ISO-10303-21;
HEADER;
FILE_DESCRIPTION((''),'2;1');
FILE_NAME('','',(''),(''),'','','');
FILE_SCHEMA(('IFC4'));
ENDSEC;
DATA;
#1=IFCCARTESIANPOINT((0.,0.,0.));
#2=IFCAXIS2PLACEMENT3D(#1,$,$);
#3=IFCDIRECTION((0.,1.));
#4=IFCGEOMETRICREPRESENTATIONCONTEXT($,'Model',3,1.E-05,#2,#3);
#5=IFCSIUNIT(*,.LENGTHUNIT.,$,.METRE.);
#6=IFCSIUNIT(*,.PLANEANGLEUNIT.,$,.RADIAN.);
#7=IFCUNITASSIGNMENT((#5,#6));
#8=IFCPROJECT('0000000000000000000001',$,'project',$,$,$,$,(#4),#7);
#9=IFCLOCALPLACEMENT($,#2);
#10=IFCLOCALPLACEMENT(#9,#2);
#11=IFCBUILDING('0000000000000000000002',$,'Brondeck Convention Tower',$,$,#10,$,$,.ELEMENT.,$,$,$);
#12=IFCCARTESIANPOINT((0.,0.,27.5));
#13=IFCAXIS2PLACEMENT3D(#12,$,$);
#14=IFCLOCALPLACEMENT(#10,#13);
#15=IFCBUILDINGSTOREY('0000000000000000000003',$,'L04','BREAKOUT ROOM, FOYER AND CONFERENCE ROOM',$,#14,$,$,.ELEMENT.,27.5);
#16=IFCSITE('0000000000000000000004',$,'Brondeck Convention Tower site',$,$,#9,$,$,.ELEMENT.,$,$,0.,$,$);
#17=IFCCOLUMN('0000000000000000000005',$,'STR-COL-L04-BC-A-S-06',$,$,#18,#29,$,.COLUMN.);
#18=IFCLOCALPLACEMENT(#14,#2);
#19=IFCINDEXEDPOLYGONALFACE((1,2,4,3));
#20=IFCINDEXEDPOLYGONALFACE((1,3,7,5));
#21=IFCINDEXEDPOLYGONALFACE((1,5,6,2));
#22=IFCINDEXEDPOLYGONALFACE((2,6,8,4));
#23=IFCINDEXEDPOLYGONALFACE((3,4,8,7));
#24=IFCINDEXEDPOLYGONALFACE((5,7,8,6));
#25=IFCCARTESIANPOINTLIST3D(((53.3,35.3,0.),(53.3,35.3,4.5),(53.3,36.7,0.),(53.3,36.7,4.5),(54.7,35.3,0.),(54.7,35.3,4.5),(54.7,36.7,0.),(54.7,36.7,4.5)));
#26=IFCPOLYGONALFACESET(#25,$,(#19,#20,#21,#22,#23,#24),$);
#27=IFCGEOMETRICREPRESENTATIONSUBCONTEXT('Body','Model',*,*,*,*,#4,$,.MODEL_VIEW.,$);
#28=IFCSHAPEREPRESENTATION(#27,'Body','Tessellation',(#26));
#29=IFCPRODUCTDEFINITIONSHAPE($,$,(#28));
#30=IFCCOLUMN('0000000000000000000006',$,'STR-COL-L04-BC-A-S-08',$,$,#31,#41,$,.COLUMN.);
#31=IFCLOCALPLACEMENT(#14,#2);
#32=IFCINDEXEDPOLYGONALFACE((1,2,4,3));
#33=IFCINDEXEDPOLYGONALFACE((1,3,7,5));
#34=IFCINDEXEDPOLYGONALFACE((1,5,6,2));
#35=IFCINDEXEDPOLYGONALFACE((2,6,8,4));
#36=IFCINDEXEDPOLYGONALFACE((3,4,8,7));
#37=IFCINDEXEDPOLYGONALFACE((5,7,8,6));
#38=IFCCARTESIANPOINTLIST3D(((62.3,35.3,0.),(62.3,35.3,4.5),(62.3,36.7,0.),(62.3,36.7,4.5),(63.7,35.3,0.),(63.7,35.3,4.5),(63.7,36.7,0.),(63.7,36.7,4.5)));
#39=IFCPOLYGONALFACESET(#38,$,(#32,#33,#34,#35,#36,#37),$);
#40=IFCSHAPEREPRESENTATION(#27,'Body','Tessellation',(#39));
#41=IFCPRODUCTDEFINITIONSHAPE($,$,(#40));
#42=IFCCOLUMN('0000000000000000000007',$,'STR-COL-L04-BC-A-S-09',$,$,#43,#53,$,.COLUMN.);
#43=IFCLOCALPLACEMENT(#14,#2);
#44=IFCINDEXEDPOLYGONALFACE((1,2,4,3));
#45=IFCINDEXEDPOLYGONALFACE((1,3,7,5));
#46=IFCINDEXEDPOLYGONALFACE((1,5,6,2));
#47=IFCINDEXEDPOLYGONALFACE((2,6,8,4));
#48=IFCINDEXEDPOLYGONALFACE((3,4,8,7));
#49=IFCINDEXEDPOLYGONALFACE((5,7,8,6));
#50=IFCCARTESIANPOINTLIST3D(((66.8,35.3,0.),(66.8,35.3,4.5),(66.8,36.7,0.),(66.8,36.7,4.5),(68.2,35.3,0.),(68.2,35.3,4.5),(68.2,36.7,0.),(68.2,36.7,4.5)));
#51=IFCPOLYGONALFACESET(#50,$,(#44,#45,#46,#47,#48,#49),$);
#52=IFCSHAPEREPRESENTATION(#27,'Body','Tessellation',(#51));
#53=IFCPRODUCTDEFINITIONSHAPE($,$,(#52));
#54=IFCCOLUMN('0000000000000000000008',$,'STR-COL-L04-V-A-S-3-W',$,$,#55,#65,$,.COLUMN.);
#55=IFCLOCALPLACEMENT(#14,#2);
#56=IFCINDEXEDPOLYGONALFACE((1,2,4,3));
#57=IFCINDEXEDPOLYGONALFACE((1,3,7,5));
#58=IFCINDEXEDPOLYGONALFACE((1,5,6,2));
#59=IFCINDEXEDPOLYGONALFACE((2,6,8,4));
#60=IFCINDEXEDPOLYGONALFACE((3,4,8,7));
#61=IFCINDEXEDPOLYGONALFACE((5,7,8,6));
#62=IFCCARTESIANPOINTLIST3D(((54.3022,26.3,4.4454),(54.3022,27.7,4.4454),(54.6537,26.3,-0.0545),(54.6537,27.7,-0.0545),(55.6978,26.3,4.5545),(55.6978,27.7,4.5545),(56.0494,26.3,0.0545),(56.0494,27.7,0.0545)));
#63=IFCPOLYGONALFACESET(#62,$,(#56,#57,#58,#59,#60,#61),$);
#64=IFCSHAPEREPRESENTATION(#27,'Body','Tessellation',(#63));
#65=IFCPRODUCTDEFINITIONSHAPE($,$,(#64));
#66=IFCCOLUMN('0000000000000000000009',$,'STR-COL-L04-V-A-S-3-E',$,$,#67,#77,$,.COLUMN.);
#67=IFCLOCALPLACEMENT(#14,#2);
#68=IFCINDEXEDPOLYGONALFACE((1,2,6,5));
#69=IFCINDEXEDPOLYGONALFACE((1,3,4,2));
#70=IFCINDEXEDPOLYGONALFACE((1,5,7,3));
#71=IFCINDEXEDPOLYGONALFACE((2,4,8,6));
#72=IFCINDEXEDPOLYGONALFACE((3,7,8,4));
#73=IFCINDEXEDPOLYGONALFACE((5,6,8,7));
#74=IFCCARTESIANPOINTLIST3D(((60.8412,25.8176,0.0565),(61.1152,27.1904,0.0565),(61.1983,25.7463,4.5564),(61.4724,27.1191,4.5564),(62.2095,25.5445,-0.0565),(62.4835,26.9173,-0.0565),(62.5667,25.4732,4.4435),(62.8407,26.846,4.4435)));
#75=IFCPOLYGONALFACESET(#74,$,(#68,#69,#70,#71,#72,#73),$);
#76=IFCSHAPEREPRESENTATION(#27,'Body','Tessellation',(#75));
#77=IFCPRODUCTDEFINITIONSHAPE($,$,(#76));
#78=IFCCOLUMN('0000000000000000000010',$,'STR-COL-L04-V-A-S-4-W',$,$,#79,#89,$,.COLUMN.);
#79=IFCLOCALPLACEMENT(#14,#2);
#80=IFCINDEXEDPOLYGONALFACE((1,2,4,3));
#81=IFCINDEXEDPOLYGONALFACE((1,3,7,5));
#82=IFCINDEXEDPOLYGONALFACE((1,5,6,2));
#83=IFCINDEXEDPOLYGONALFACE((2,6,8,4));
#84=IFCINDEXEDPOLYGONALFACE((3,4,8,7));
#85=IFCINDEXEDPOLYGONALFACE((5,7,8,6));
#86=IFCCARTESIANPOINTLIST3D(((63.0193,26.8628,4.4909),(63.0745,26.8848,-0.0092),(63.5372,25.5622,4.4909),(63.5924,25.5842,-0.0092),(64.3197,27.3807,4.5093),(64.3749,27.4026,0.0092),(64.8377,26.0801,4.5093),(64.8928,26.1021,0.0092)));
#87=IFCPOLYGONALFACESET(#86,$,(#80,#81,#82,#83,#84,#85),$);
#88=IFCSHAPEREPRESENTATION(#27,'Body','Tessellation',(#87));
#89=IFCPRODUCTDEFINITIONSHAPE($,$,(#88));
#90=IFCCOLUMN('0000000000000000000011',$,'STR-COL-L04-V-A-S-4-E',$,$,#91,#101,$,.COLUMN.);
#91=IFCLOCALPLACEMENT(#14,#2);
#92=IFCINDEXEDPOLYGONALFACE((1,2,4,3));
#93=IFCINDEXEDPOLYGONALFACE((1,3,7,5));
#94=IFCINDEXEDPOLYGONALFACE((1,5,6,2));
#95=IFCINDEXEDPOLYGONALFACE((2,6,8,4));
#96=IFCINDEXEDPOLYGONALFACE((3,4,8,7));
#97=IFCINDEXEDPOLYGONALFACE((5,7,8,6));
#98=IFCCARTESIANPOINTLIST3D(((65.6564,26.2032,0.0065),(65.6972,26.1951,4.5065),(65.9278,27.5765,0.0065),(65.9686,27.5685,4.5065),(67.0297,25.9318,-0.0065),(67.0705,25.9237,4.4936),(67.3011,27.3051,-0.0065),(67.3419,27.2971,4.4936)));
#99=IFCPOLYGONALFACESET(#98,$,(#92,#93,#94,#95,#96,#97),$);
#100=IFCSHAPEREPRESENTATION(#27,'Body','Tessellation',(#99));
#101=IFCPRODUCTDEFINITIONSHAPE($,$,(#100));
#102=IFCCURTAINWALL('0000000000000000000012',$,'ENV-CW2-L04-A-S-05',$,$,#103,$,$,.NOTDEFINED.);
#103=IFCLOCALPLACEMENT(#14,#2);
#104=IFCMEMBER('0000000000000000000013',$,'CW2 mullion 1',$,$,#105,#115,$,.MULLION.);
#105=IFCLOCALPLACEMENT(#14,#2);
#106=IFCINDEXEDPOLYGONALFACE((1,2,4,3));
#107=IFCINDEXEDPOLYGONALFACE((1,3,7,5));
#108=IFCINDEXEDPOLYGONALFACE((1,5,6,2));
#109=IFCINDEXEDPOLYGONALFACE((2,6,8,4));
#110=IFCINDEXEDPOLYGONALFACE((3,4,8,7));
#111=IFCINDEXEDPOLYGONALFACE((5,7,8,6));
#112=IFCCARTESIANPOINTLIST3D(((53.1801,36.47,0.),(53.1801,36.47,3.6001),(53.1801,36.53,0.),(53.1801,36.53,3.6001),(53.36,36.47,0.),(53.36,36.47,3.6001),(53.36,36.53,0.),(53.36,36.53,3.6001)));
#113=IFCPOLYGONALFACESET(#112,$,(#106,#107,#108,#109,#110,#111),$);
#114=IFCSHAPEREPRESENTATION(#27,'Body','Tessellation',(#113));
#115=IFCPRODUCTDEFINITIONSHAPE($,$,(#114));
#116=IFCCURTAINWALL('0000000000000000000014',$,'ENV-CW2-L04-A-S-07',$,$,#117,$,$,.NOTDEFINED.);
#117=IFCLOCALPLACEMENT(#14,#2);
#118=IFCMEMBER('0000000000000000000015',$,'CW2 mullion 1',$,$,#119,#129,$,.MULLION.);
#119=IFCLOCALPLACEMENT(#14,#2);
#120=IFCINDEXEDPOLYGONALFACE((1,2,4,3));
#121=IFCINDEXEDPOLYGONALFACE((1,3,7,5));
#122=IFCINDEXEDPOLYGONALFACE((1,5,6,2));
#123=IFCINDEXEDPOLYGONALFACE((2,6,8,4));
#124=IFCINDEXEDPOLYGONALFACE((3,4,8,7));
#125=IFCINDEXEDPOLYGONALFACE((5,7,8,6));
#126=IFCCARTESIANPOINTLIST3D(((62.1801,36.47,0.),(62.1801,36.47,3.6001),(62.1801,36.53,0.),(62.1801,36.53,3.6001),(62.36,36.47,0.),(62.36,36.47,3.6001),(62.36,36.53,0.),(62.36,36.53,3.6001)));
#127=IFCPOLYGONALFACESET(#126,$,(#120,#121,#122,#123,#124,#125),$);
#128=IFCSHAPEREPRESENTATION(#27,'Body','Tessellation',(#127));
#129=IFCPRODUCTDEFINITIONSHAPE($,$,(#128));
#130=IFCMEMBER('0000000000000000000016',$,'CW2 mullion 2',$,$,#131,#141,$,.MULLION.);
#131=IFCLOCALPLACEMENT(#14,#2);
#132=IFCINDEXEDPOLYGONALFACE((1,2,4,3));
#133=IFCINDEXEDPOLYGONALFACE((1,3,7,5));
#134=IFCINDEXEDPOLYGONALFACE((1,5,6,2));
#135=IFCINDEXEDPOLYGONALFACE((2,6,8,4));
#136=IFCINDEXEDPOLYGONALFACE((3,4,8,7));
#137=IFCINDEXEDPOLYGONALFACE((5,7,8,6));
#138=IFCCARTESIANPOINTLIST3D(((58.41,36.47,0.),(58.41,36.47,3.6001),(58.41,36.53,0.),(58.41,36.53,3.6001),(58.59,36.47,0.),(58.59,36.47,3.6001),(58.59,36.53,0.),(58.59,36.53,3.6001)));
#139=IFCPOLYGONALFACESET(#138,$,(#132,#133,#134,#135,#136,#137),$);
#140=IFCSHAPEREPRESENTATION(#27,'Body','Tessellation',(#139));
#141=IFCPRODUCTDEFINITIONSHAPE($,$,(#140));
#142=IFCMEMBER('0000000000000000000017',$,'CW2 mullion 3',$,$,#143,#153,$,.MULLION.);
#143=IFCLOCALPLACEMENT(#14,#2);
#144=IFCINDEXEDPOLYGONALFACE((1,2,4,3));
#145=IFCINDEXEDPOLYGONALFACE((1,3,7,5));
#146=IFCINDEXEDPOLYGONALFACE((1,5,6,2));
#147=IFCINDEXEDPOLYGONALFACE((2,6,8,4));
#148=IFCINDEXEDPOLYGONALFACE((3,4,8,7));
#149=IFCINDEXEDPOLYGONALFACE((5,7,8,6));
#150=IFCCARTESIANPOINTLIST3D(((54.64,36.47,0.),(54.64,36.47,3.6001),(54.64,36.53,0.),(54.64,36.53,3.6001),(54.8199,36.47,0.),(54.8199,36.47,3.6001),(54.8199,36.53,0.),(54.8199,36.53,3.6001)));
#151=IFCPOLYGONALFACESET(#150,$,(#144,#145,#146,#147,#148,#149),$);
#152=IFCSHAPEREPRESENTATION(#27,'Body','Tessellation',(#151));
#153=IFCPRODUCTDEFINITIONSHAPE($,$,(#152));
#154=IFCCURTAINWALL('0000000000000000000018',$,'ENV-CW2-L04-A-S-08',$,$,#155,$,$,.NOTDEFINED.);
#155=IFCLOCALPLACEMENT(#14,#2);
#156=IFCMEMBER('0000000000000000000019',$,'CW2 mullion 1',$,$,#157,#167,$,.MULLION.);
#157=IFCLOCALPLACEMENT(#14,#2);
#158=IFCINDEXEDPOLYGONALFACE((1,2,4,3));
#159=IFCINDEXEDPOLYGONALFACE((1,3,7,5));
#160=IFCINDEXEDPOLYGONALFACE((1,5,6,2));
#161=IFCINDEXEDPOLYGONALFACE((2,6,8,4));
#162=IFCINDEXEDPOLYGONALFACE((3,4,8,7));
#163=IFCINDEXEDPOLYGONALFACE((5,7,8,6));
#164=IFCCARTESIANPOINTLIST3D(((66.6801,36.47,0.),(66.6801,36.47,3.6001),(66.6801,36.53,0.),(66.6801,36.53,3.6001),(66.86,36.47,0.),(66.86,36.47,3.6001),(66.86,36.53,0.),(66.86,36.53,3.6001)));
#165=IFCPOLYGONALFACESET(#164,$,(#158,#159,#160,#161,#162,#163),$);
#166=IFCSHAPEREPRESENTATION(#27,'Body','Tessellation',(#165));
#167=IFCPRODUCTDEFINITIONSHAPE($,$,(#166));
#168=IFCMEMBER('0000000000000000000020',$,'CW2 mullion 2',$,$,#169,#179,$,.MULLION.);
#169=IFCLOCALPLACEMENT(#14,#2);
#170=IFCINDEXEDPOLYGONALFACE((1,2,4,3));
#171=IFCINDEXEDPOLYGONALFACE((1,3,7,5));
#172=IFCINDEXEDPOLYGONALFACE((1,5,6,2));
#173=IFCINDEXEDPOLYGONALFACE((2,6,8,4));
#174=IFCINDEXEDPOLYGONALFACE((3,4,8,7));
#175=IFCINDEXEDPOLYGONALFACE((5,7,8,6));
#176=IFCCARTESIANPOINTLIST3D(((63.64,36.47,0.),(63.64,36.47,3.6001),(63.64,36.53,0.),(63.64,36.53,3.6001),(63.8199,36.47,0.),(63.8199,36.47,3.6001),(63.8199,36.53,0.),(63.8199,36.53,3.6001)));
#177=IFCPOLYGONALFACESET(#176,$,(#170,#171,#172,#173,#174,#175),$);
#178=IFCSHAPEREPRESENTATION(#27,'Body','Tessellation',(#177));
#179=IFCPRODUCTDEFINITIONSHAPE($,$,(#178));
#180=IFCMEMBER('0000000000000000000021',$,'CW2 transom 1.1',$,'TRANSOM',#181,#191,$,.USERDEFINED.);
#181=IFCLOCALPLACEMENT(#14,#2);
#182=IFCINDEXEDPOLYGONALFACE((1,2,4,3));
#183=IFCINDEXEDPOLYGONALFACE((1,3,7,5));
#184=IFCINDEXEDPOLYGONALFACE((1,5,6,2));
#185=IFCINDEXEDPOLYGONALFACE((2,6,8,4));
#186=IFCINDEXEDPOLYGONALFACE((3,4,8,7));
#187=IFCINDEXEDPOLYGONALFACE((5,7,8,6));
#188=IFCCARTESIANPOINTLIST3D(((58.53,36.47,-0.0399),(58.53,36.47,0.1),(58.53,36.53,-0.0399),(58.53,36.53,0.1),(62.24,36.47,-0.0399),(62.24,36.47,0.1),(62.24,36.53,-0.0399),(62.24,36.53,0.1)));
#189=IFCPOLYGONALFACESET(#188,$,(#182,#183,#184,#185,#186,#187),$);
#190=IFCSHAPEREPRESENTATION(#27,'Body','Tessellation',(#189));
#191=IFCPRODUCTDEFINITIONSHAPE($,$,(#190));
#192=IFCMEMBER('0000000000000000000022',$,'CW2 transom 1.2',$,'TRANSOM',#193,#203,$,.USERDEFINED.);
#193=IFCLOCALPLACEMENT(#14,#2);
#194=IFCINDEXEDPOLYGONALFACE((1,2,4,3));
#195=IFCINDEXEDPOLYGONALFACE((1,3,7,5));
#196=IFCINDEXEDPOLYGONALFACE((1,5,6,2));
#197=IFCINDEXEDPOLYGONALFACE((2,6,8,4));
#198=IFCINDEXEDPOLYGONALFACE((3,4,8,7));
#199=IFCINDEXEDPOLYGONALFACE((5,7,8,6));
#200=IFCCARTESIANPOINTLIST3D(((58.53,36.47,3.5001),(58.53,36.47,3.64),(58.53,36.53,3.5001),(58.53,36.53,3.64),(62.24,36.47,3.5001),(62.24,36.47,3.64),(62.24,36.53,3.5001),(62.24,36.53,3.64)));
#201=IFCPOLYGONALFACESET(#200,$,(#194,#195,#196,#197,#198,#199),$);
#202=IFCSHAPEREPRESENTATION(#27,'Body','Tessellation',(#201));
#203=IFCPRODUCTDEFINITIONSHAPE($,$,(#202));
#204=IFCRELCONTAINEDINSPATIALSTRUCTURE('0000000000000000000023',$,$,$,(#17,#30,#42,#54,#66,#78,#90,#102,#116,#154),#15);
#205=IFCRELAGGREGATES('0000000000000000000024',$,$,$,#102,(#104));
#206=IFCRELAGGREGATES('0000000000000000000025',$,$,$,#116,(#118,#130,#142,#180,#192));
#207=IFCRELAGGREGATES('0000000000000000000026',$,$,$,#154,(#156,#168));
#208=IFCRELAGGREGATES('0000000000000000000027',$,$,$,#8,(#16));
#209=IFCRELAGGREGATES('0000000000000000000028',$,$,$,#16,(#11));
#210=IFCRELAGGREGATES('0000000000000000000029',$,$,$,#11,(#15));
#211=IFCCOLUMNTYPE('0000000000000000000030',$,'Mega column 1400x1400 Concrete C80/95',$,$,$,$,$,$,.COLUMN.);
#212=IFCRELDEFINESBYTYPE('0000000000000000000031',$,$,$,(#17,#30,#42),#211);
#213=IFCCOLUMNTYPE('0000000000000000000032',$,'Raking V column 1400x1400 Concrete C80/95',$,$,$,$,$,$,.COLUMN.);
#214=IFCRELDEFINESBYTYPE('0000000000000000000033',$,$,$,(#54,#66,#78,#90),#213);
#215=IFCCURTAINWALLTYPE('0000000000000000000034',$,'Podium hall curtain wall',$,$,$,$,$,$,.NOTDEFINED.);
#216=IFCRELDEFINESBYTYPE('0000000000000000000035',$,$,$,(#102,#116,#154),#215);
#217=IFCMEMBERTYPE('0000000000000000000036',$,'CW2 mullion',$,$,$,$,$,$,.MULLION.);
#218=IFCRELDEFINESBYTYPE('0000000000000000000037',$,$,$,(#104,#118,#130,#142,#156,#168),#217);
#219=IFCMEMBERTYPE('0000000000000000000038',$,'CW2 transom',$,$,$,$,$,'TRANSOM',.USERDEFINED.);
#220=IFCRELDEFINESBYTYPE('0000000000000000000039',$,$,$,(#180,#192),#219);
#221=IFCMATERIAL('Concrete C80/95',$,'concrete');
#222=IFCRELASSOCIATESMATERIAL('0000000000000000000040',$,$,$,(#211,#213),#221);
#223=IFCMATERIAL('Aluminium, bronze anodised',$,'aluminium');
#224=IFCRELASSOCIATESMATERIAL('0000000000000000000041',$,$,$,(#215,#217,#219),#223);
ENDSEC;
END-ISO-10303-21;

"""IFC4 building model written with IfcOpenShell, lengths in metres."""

from ifc_helpers import new_model, si_unit, direction, frame, origin, origin_2d, place, context, subcontext, project, spatial, rectangle, extrude, material, material_profile, profile_set, type_object, element, aggregate, save


model = new_model("IFC4")

# Units and contexts
model_context = context("Model", 3, precision=1e-05, world=origin(), true_north=direction((0.0, 1.0)))
body_context = subcontext(model_context, "Body", "Model", "MODEL_VIEW")
ifc_project = project(units=[si_unit("LENGTHUNIT", "METRE"), si_unit("PLANEANGLEUNIT", "RADIAN")], contexts=[model_context])

# Site, building, storey
site_placement = place(None, origin())
site = spatial("IfcSite", under=ifc_project, at=site_placement, Name="Brondeck Convention Tower site", CompositionType="ELEMENT", RefElevation=0.0)
building_placement = place(site_placement, origin())
building = spatial("IfcBuilding", under=site, at=building_placement, Name="Brondeck Convention Tower", CompositionType="ELEMENT")
storey_placement = place(building_placement, frame((0.0, 0.0, 27.5)))
storey = spatial("IfcBuildingStorey", under=building, at=storey_placement, Name="L04", Description="BREAKOUT ROOM, FOYER AND CONFERENCE ROOM", CompositionType="ELEMENT", Elevation=27.5)

# Columns
ifc_material_1 = material(Name="Concrete C80/95", Category="concrete")
ifc_material_profile_1 = material_profile(ifc_material_1, rectangle(XDim=1.3999, YDim=1.3999, at=origin_2d()), Name="Mega column 1400x1400 Concrete C80/95")
ifc_profile_set_1 = profile_set([ifc_material_profile_1], Name="Concrete C80/95")
column_type_1 = type_object("IfcColumnType", Name="Mega column 1400x1400 Concrete C80/95", PredefinedType="COLUMN", material=ifc_profile_set_1)
for number, where, z_axis, x_axis, name in (
    (1, (54.0, 36.0, 0.0), (0.0, 0.0, 1.0), (1.0, 0.0, 0.0), "STR-COL-L04-BC-A-S-06"),
    (2, (63.0, 36.0, 0.0), (0.0, 0.0, 1.0), (1.0, 0.0, 0.0), "STR-COL-L04-BC-A-S-08"),
    (3, (67.5, 36.0, 0.0), (0.0, 0.0, 1.0), (1.0, 0.0, 0.0), "STR-COL-L04-BC-A-S-09"),
):
    element("IfcColumn", number, at=place(storey_placement, frame(where, z_axis=z_axis, x_axis=x_axis)), inside=storey, type_object=column_type_1, Name=name, PredefinedType="COLUMN", context=body_context, shape_type="SweptSolid", body=[
        extrude(rectangle(XDim=1.3999, YDim=1.3999, at=origin_2d()), origin(), (0.0, 0.0, 1.0), 4.5),
    ])
ifc_material_profile_2 = material_profile(ifc_material_1, rectangle(XDim=1.3999, YDim=1.3999, at=origin_2d()), Name="Raking V column 1400x1400 Concrete C80/95")
ifc_profile_set_2 = profile_set([ifc_material_profile_2], Name="Concrete C80/95")
column_type_2 = type_object("IfcColumnType", Name="Raking V column 1400x1400 Concrete C80/95", PredefinedType="COLUMN", material=ifc_profile_set_2)
column_1_placement = place(storey_placement, frame((55.3516, 27.0, 0.0), z_axis=(-0.077888, 0.0, 0.996962), x_axis=(0.0, -1.0, 0.0)))
element("IfcColumn", 4, at=column_1_placement, inside=storey, type_object=column_type_2, Name="STR-COL-L04-V-A-S-3-W", PredefinedType="COLUMN", context=body_context, shape_type="SweptSolid", body=[
    extrude(rectangle(XDim=1.3999, YDim=1.3999, at=origin_2d()), origin(), (0.0, 0.0, 1.0), 4.5137),
])
column_2_placement = place(storey_placement, frame((61.6624, 26.3674, 0.0), z_axis=(0.079114, -0.01579, 0.99674), x_axis=(0.195729, 0.980658, 0.0)))
element("IfcColumn", 5, at=column_2_placement, inside=storey, type_object=column_type_2, Name="STR-COL-L04-V-A-S-3-E", PredefinedType="COLUMN", context=body_context, shape_type="SweptSolid", body=[
    extrude(rectangle(XDim=1.3999, YDim=1.3999, at=origin_2d()), origin(), (0.0, 0.0, 1.0), 4.5146),
])
column_3_placement = place(storey_placement, frame((63.9836, 26.4934, 0.0), z_axis=(-0.01226, -0.004882, 0.999913), x_axis=(0.369973, -0.929043, 0.0)))
element("IfcColumn", 6, at=column_3_placement, inside=storey, type_object=column_type_2, Name="STR-COL-L04-V-A-S-4-W", PredefinedType="COLUMN", context=body_context, shape_type="SweptSolid", body=[
    extrude(rectangle(XDim=1.3999, YDim=1.3999, at=origin_2d()), origin(), (0.0, 0.0, 1.0), 4.5005),
])
column_4_placement = place(storey_placement, frame((66.4788, 26.7542, 0.0), z_axis=(0.00906, -0.00179, 0.999957), x_axis=(0.193856, 0.98103, 0.0)))
element("IfcColumn", 7, at=column_4_placement, inside=storey, type_object=column_type_2, Name="STR-COL-L04-V-A-S-4-E", PredefinedType="COLUMN", context=body_context, shape_type="SweptSolid", body=[
    extrude(rectangle(XDim=1.3999, YDim=1.3999, at=origin_2d()), origin(), (0.0, 0.0, 1.0), 4.5002),
])

# Curtain wall, member
ifc_material_2 = material(Name="Aluminium, bronze anodised", Category="aluminium")
curtain_wall_type = type_object("IfcCurtainWallType", Name="Podium hall curtain wall", PredefinedType="NOTDEFINED", material=ifc_material_2)
curtain_wall_1_placement = place(storey_placement, origin())
curtain_wall_1 = element("IfcCurtainWall", 8, at=curtain_wall_1_placement, inside=storey, type_object=curtain_wall_type, Name="ENV-CW2-L04-A-S-05", PredefinedType="NOTDEFINED")
ifc_material_profile_3 = material_profile(ifc_material_2, rectangle(XDim=0.0601, YDim=0.1799, at=origin_2d()), Name="CW2 mullion")
ifc_profile_set_3 = profile_set([ifc_material_profile_3], Name="Aluminium, bronze anodised")
member_type_1 = type_object("IfcMemberType", Name="CW2 mullion", PredefinedType="MULLION", material=ifc_profile_set_3)
member_1_placement = place(storey_placement, frame((53.27, 36.5, 0.0), z_axis=(0.0, 0.0, 1.0), x_axis=(0.0, -1.0, 0.0)))
member_1 = element("IfcMember", 9, at=member_1_placement, type_object=member_type_1, Name="CW2 mullion 1", PredefinedType="MULLION", context=body_context, shape_type="SweptSolid", body=[
    extrude(rectangle(XDim=0.0601, YDim=0.1799, at=origin_2d()), origin(), (0.0, 0.0, 1.0), 3.6001),
])
aggregate(curtain_wall_1, [member_1])

# Curtain walls, members
curtain_wall_2_placement = place(storey_placement, origin())
curtain_wall_2 = element("IfcCurtainWall", 10, at=curtain_wall_2_placement, inside=storey, type_object=curtain_wall_type, Name="ENV-CW2-L04-A-S-07", PredefinedType="NOTDEFINED")
member_2_placement = place(storey_placement, frame((62.27, 36.5, 0.0), z_axis=(0.0, 0.0, 1.0), x_axis=(0.0, -1.0, 0.0)))
member_2 = element("IfcMember", 11, at=member_2_placement, type_object=member_type_1, Name="CW2 mullion 1", PredefinedType="MULLION", context=body_context, shape_type="SweptSolid", body=[
    extrude(rectangle(XDim=0.0601, YDim=0.1799, at=origin_2d()), origin(), (0.0, 0.0, 1.0), 3.6001),
])
member_3_placement = place(storey_placement, frame((58.5, 36.5, 0.0), z_axis=(0.0, 0.0, 1.0), x_axis=(0.0, -1.0, 0.0)))
member_3 = element("IfcMember", 12, at=member_3_placement, type_object=member_type_1, Name="CW2 mullion 2", PredefinedType="MULLION", context=body_context, shape_type="SweptSolid", body=[
    extrude(rectangle(XDim=0.0601, YDim=0.1799, at=origin_2d()), origin(), (0.0, 0.0, 1.0), 3.6001),
])
member_4_placement = place(storey_placement, frame((54.73, 36.5, 0.0), z_axis=(0.0, 0.0, 1.0), x_axis=(0.0, -1.0, 0.0)))
member_4 = element("IfcMember", 13, at=member_4_placement, type_object=member_type_1, Name="CW2 mullion 3", PredefinedType="MULLION", context=body_context, shape_type="SweptSolid", body=[
    extrude(rectangle(XDim=0.0601, YDim=0.1799, at=origin_2d()), origin(), (0.0, 0.0, 1.0), 3.6001),
])
curtain_wall_3_placement = place(storey_placement, origin())
curtain_wall_3 = element("IfcCurtainWall", 14, at=curtain_wall_3_placement, inside=storey, type_object=curtain_wall_type, Name="ENV-CW2-L04-A-S-08", PredefinedType="NOTDEFINED")
member_5_placement = place(storey_placement, frame((66.77, 36.5, 0.0), z_axis=(0.0, 0.0, 1.0), x_axis=(0.0, -1.0, 0.0)))
member_5 = element("IfcMember", 15, at=member_5_placement, type_object=member_type_1, Name="CW2 mullion 1", PredefinedType="MULLION", context=body_context, shape_type="SweptSolid", body=[
    extrude(rectangle(XDim=0.0601, YDim=0.1799, at=origin_2d()), origin(), (0.0, 0.0, 1.0), 3.6001),
])
member_6_placement = place(storey_placement, frame((63.73, 36.5, 0.0), z_axis=(0.0, 0.0, 1.0), x_axis=(0.0, -1.0, 0.0)))
member_6 = element("IfcMember", 16, at=member_6_placement, type_object=member_type_1, Name="CW2 mullion 2", PredefinedType="MULLION", context=body_context, shape_type="SweptSolid", body=[
    extrude(rectangle(XDim=0.0601, YDim=0.1799, at=origin_2d()), origin(), (0.0, 0.0, 1.0), 3.6001),
])

# Members
ifc_material_profile_4 = material_profile(ifc_material_2, rectangle(XDim=0.0601, YDim=0.1399, at=origin_2d()), Name="CW2 transom")
ifc_profile_set_4 = profile_set([ifc_material_profile_4], Name="Aluminium, bronze anodised")
member_type_2 = type_object("IfcMemberType", Name="CW2 transom", ElementType="TRANSOM", PredefinedType="USERDEFINED", material=ifc_profile_set_4)
member_7_placement = place(storey_placement, frame((62.24, 36.5, 0.03), z_axis=(-1.0, 0.0, 0.0), x_axis=(0.0, -1.0, 0.0)))
member_7 = element("IfcMember", 17, at=member_7_placement, type_object=member_type_2, Name="CW2 transom 1.1", ObjectType="TRANSOM", PredefinedType="USERDEFINED", context=body_context, shape_type="SweptSolid", body=[
    extrude(rectangle(XDim=0.0601, YDim=0.1399, at=origin_2d()), origin(), (0.0, 0.0, 1.0), 3.71),
])
member_8_placement = place(storey_placement, frame((62.24, 36.5, 3.5701), z_axis=(-1.0, 0.0, 0.0), x_axis=(0.0, -1.0, 0.0)))
member_8 = element("IfcMember", 18, at=member_8_placement, type_object=member_type_2, Name="CW2 transom 1.2", ObjectType="TRANSOM", PredefinedType="USERDEFINED", context=body_context, shape_type="SweptSolid", body=[
    extrude(rectangle(XDim=0.0601, YDim=0.1399, at=origin_2d()), origin(), (0.0, 0.0, 1.0), 3.71),
])

aggregate(curtain_wall_2, [member_2, member_3, member_4, member_7, member_8])
aggregate(curtain_wall_3, [member_5, member_6])

save(model, "model.ifc")
